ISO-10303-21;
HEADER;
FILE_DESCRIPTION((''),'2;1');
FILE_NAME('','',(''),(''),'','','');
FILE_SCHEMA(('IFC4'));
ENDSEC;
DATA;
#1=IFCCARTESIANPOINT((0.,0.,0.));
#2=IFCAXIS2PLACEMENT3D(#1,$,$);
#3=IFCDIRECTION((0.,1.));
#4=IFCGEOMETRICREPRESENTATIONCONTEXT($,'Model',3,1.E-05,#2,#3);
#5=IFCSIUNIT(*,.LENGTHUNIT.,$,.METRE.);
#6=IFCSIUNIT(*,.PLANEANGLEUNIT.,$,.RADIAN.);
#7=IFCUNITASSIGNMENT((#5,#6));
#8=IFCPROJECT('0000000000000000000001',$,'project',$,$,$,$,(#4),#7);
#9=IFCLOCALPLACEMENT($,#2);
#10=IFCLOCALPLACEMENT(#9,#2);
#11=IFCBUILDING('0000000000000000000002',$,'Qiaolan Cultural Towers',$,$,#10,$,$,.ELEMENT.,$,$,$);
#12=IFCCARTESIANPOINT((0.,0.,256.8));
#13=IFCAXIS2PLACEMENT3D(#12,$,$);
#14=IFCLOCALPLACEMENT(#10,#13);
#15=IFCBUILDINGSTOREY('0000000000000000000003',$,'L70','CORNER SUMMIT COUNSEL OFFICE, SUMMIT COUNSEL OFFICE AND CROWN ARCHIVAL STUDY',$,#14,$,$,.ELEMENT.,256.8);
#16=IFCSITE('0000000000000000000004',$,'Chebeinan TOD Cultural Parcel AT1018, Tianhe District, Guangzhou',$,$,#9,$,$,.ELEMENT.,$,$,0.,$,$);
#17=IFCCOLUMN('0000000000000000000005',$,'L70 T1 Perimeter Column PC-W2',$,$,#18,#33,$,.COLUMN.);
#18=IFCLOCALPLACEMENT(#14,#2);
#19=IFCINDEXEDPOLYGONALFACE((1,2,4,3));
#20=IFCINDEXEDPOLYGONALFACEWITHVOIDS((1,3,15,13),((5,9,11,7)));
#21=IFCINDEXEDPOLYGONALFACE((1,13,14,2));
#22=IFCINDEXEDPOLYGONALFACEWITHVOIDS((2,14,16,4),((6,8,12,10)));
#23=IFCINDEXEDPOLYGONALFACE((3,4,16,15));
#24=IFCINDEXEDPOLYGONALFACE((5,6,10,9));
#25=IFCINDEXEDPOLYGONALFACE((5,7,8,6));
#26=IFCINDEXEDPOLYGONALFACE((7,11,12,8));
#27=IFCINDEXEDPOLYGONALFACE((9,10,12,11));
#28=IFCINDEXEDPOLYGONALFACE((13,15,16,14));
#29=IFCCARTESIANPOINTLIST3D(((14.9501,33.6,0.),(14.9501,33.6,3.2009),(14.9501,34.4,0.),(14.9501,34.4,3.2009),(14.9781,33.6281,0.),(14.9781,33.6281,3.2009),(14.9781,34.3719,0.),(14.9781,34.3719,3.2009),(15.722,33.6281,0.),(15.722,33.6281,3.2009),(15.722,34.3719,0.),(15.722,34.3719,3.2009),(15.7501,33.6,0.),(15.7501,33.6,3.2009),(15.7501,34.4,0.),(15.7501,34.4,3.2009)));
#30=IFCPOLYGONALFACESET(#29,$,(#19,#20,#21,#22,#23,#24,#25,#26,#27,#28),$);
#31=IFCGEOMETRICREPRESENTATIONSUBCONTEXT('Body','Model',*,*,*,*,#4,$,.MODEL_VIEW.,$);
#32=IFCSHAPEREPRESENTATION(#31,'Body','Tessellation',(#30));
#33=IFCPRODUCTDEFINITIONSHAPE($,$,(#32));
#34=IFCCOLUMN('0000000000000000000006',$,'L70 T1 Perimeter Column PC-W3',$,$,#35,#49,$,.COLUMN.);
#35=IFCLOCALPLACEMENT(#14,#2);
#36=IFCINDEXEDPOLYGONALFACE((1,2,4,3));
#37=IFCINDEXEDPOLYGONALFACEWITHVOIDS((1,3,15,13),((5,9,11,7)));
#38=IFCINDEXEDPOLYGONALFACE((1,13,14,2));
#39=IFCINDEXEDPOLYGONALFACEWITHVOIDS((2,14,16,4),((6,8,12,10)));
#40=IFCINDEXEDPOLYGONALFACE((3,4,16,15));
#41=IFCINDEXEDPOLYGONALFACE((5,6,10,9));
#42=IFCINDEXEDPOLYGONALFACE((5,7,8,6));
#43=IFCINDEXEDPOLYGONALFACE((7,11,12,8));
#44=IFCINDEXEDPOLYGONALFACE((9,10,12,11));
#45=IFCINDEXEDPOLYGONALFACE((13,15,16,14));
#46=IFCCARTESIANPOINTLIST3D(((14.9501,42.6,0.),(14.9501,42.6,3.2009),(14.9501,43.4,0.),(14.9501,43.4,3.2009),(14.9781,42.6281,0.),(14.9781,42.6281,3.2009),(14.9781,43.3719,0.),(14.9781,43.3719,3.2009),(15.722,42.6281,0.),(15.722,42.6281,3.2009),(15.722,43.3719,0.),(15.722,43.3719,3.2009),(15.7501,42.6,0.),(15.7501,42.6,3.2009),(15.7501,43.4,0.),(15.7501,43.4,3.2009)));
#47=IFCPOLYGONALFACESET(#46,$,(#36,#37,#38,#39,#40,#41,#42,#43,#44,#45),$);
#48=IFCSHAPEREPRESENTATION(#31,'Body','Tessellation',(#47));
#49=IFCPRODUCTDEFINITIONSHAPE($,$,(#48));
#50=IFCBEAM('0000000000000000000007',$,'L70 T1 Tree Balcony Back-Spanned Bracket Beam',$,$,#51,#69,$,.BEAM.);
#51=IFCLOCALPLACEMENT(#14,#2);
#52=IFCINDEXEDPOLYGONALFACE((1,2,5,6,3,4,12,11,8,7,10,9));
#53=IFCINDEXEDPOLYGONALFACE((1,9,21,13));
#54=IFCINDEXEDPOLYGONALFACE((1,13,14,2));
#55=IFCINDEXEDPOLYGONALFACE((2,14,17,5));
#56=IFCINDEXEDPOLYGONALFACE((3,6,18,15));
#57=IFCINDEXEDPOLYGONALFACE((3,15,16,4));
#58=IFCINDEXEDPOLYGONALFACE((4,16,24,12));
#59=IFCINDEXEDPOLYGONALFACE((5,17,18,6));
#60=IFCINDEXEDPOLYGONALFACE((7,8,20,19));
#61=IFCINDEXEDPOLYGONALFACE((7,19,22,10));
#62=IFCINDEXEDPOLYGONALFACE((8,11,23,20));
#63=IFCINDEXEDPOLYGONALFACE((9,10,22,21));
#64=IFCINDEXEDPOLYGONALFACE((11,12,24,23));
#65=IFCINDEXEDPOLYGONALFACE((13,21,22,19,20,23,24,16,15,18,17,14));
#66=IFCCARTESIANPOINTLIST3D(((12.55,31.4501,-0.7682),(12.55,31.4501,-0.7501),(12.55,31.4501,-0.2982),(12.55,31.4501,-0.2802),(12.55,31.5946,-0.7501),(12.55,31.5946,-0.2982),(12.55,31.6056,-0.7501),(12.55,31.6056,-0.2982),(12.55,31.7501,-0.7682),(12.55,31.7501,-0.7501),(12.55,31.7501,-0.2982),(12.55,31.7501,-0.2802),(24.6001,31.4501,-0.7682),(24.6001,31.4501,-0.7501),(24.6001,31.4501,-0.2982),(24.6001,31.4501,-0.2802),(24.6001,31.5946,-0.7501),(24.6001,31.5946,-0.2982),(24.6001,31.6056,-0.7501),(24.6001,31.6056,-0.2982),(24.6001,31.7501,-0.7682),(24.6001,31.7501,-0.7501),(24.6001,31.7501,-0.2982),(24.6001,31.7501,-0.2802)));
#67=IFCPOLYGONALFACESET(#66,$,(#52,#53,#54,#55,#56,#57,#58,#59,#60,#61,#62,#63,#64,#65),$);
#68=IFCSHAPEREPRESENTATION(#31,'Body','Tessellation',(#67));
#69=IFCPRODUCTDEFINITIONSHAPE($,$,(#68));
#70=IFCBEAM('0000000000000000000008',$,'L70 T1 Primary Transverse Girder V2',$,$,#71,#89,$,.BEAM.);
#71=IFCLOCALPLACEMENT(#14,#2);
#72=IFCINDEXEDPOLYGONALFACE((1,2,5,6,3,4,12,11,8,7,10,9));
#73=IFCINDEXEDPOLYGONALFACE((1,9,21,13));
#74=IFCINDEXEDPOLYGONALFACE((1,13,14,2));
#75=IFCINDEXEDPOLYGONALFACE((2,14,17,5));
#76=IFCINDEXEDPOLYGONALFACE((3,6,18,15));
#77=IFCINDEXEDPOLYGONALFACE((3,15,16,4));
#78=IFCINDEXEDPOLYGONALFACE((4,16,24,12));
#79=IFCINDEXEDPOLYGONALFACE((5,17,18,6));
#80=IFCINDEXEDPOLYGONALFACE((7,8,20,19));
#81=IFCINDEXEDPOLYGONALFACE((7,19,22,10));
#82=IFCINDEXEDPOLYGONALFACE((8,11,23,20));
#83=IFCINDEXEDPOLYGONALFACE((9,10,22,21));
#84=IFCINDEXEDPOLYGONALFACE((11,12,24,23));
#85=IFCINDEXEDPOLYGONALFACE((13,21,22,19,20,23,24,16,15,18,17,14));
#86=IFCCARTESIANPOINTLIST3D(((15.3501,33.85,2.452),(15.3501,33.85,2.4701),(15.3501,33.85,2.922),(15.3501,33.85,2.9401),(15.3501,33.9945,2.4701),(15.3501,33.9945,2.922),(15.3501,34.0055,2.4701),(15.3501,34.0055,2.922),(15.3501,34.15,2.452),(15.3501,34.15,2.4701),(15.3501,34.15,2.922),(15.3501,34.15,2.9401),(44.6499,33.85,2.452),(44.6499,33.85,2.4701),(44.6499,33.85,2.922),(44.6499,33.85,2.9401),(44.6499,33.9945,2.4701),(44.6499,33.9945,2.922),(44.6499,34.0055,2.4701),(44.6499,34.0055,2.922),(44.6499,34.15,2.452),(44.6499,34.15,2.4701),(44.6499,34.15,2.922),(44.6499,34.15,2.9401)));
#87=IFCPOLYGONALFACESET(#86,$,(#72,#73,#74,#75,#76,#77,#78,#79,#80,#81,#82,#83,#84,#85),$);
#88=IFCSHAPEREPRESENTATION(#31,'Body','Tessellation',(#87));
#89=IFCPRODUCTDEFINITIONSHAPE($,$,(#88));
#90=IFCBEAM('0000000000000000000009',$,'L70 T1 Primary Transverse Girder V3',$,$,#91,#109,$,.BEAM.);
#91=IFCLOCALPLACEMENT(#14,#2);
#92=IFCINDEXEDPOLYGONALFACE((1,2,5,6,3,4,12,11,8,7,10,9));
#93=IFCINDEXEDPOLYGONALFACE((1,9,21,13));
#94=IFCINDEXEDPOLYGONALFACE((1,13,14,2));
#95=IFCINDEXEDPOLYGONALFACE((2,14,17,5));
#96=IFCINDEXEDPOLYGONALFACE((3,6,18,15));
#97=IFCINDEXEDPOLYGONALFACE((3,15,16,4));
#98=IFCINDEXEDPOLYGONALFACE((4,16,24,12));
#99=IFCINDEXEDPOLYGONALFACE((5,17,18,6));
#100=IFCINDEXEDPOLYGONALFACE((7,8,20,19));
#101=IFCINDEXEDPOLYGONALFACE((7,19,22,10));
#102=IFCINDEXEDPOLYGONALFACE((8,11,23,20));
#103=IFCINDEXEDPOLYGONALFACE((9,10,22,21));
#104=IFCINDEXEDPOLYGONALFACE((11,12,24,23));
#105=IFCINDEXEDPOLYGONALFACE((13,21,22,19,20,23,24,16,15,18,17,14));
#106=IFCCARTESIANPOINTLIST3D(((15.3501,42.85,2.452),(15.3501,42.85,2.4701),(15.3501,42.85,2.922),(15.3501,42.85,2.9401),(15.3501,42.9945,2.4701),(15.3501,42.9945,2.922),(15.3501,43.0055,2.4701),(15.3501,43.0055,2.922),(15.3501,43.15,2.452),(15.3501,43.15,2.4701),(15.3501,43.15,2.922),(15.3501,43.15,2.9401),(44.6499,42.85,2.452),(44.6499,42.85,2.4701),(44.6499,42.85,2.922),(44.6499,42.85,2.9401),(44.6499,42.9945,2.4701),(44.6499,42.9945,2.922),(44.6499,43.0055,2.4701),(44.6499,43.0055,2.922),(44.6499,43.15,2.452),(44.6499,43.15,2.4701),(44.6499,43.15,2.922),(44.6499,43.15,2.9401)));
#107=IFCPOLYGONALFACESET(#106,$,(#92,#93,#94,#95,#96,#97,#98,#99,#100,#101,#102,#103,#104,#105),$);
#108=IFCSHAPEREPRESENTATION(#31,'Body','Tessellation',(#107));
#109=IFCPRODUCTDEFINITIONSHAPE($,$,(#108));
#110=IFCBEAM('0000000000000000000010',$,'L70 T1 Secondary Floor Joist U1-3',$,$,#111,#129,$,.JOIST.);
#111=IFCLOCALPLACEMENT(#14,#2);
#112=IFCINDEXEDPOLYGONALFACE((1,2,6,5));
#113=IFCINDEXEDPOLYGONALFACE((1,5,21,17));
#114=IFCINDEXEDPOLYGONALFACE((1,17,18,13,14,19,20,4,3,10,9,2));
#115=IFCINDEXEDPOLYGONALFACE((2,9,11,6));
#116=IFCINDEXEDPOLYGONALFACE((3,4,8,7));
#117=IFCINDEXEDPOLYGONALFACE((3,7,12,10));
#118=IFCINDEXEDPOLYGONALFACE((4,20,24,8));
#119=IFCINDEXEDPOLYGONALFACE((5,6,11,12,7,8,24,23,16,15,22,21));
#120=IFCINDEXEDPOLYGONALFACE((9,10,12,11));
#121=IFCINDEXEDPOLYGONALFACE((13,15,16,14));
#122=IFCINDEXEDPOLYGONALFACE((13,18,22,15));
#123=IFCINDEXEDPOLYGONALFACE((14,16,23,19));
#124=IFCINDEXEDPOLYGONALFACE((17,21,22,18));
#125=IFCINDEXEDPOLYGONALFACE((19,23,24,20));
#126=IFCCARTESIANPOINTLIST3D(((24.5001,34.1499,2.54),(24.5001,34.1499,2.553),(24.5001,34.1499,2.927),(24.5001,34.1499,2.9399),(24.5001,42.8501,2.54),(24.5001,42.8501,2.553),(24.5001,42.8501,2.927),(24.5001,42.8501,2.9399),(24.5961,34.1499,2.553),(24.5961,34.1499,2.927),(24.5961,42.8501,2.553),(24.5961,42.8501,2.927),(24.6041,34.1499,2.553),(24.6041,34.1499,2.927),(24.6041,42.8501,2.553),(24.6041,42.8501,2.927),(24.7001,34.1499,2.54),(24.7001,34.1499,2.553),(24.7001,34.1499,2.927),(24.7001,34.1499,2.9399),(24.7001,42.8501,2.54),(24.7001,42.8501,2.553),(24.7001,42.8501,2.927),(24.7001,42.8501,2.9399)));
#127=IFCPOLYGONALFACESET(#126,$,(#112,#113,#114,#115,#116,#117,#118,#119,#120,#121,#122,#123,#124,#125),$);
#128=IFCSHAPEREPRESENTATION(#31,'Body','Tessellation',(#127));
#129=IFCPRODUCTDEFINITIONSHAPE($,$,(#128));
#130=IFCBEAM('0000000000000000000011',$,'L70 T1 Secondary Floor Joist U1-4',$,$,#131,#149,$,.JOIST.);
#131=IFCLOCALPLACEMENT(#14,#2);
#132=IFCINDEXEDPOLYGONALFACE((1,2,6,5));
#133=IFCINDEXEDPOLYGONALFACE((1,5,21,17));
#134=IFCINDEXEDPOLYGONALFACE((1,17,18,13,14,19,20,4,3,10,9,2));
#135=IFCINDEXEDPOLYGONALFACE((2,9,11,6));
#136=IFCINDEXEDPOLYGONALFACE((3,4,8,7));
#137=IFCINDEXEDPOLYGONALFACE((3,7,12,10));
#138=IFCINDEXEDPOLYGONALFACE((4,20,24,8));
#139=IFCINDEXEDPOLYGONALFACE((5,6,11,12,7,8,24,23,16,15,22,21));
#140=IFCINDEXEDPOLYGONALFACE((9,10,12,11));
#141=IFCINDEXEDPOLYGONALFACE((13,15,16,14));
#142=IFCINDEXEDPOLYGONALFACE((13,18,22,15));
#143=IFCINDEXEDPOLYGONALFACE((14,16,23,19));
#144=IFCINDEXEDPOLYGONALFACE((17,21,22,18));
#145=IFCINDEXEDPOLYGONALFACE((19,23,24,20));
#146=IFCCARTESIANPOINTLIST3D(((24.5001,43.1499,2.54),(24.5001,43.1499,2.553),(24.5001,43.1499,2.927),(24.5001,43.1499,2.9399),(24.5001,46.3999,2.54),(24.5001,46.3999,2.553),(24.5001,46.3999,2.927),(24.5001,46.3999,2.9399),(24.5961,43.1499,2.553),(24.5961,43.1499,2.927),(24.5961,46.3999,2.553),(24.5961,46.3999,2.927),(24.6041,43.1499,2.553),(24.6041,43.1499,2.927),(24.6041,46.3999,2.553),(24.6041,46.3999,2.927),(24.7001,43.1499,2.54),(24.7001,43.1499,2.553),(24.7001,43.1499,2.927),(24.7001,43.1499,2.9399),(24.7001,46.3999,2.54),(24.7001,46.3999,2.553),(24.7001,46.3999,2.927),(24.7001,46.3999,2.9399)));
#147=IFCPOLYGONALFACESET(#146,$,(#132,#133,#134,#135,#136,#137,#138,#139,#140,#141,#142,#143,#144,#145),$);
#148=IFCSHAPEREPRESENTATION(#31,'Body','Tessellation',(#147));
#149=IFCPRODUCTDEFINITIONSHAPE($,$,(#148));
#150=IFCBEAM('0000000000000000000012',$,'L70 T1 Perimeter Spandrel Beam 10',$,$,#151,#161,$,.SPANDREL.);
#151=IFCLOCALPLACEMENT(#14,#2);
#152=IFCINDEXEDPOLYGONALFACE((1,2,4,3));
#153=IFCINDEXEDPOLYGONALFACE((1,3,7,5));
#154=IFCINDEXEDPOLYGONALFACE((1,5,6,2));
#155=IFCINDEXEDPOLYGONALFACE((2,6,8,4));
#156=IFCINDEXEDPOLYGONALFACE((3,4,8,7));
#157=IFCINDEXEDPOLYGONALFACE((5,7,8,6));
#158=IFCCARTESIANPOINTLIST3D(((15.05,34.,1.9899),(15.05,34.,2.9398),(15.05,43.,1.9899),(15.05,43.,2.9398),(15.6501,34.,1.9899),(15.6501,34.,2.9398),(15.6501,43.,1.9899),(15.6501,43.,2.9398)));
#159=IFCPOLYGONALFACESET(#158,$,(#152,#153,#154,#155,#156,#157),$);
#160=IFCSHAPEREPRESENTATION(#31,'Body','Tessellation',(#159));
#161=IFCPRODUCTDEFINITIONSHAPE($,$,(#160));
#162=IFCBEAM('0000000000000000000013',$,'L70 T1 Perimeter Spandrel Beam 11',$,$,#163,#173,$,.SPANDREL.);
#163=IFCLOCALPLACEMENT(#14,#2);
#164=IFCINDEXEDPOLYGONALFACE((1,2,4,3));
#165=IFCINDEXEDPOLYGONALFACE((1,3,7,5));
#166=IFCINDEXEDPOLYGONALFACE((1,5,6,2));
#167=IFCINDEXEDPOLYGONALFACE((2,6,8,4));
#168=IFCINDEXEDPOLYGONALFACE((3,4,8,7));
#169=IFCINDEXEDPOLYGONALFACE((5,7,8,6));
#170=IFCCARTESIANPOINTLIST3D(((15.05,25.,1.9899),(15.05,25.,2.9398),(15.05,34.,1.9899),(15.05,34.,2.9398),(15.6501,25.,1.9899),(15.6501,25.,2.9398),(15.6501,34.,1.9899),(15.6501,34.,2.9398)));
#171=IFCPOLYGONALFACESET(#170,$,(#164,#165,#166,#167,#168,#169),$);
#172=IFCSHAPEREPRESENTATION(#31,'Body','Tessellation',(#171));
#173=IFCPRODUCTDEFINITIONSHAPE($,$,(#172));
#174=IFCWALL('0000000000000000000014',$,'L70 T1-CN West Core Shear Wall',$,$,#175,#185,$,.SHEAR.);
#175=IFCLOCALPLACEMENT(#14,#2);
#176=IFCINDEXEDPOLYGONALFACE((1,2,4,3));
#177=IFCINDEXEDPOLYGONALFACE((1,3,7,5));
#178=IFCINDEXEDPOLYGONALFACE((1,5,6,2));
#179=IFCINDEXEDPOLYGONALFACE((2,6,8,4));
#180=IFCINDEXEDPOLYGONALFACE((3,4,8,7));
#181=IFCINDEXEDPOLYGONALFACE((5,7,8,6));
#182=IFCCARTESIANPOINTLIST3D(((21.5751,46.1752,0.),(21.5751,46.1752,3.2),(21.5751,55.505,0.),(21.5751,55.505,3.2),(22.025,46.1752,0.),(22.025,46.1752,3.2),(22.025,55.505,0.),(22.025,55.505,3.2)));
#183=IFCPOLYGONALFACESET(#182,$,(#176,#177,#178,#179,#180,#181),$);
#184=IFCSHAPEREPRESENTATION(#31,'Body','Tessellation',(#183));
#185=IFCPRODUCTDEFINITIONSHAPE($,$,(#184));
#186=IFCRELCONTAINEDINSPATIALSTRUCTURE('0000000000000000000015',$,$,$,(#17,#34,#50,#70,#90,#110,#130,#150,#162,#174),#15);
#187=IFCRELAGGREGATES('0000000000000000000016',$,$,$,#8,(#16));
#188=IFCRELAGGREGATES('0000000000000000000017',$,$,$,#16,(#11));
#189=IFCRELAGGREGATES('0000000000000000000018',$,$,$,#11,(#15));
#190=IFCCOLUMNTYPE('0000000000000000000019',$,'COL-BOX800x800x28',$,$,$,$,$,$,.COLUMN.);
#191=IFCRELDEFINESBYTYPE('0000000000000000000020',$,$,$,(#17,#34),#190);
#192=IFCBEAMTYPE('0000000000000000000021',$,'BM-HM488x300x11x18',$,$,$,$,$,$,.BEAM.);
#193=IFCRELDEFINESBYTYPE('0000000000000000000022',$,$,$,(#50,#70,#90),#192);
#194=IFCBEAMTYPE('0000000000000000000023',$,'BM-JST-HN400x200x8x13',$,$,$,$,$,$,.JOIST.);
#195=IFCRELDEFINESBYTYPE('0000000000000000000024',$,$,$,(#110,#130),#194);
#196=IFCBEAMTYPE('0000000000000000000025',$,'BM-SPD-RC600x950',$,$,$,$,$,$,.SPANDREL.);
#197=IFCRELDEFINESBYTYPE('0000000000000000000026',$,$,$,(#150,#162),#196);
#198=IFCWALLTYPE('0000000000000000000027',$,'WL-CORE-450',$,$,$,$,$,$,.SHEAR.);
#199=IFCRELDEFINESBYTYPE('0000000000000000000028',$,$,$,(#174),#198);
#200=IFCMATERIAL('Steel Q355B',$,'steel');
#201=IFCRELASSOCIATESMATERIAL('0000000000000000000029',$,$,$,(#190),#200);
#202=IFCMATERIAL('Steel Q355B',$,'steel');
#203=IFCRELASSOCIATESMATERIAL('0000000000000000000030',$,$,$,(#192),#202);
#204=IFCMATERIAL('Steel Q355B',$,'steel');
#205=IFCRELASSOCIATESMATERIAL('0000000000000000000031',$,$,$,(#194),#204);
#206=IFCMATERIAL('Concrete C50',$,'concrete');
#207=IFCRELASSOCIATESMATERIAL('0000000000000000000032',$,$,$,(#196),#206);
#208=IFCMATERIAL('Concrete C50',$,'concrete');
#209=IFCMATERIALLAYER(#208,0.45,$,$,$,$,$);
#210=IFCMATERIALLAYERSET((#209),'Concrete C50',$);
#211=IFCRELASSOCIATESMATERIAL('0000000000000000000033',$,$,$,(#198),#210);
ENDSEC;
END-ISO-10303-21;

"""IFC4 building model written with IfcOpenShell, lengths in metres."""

from ifc_helpers import new_model, si_unit, direction, frame, frame_2d, origin, origin_2d, place, context, subcontext, project, spatial, rectangle, hollow_rectangle, i_section, extrude, material, layer, layer_set, material_profile, profile_set, type_object, element, save


model = new_model("IFC4")

# Units and contexts
model_context = context("Model", 3, precision=1e-05, world=origin(), true_north=direction((0.0, 1.0)))
body_context = subcontext(model_context, "Body", "Model", "MODEL_VIEW")
ifc_project = project(units=[si_unit("LENGTHUNIT", "METRE"), si_unit("PLANEANGLEUNIT", "RADIAN")], contexts=[model_context])

# Site, building, storey
site_placement = place(None, origin())
site = spatial("IfcSite", under=ifc_project, at=site_placement, Name="Chebeinan TOD Cultural Parcel AT1018, Tianhe District, Guangzhou", CompositionType="ELEMENT", RefElevation=0.0)
building_placement = place(site_placement, origin())
building = spatial("IfcBuilding", under=site, at=building_placement, Name="Qiaolan Cultural Towers", CompositionType="ELEMENT")
storey_placement = place(building_placement, frame((0.0, 0.0, 256.8)))
storey = spatial("IfcBuildingStorey", under=building, at=storey_placement, Name="L70", Description="CORNER SUMMIT COUNSEL OFFICE, SUMMIT COUNSEL OFFICE AND CROWN ARCHIVAL STUDY", CompositionType="ELEMENT", Elevation=256.8)

# Columns
ifc_material_1 = material(Name="Steel Q355B", Category="steel")
ifc_material_profile_1 = material_profile(ifc_material_1, hollow_rectangle(XDim=0.8, YDim=0.8, WallThickness=0.0281, at=origin_2d()), Name="BOX800x800x28")
ifc_profile_set_1 = profile_set([ifc_material_profile_1], Name="Steel Q355B")
column_type = type_object("IfcColumnType", Name="COL-BOX800x800x28", PredefinedType="COLUMN", material=ifc_profile_set_1)
for number, where, z_axis, x_axis, name in (
    (1, (15.3501, 34.0, 0.0), (0.0, 0.0, 1.0), (1.0, 0.0, 0.0), "L70 T1 Perimeter Column PC-W2"),
    (2, (15.3501, 43.0, 0.0), (0.0, 0.0, 1.0), (1.0, 0.0, 0.0), "L70 T1 Perimeter Column PC-W3"),
):
    element("IfcColumn", number, at=place(storey_placement, frame(where, z_axis=z_axis, x_axis=x_axis)), inside=storey, type_object=column_type, Name=name, PredefinedType="COLUMN", context=body_context, shape_type="SweptSolid", body=[
        extrude(hollow_rectangle(XDim=0.8, YDim=0.8, WallThickness=0.0281, at=origin_2d()), origin(), (0.0, 0.0, 1.0), 3.2009),
    ])

# Beams
ifc_material_2 = material(Name="Steel Q355B", Category="steel")
ifc_material_profile_2 = material_profile(ifc_material_2, i_section(OverallWidth=0.3, OverallDepth=0.488, WebThickness=0.011, FlangeThickness=0.0181, at=origin_2d()), Name="HM488x300x11x18")
ifc_profile_set_2 = profile_set([ifc_material_profile_2], Name="Steel Q355B")
beam_type_1 = type_object("IfcBeamType", Name="BM-HM488x300x11x18", PredefinedType="BEAM", material=ifc_profile_set_2)
beam_1_placement = place(storey_placement, frame((24.6001, 31.6001, -0.5242), z_axis=(-1.0, 0.0, 0.0), x_axis=(0.0, -1.0, 0.0)))
element("IfcBeam", 3, at=beam_1_placement, inside=storey, type_object=beam_type_1, Name="L70 T1 Tree Balcony Back-Spanned Bracket Beam", PredefinedType="BEAM", context=body_context, shape_type="SweptSolid", body=[
    extrude(i_section(OverallWidth=0.3, OverallDepth=0.488, WebThickness=0.011, FlangeThickness=0.0181, at=origin_2d()), origin(), (0.0, 0.0, 1.0), 12.05),
])
for number, where, z_axis, x_axis, name in (
    (4, (15.3501, 34.0, 2.696), (1.0, 0.0, 0.0), (0.0, 1.0, 0.0), "L70 T1 Primary Transverse Girder V2"),
    (5, (15.3501, 43.0, 2.696), (1.0, 0.0, 0.0), (0.0, 1.0, 0.0), "L70 T1 Primary Transverse Girder V3"),
):
    element("IfcBeam", number, at=place(storey_placement, frame(where, z_axis=z_axis, x_axis=x_axis)), inside=storey, type_object=beam_type_1, Name=name, PredefinedType="BEAM", context=body_context, shape_type="SweptSolid", body=[
        extrude(i_section(OverallWidth=0.3, OverallDepth=0.488, WebThickness=0.011, FlangeThickness=0.0181, at=origin_2d()), origin(), (0.0, 0.0, 1.0), 29.2998),
    ])
ifc_material_3 = material(Name="Steel Q355B", Category="steel")
ifc_material_profile_3 = material_profile(ifc_material_3, i_section(OverallWidth=0.2, OverallDepth=0.3999, WebThickness=0.0081, FlangeThickness=0.0129, at=origin_2d()), Name="HN400x200x8x13")
ifc_profile_set_3 = profile_set([ifc_material_profile_3], Name="Steel Q355B")
beam_type_2 = type_object("IfcBeamType", Name="BM-JST-HN400x200x8x13", PredefinedType="JOIST", material=ifc_profile_set_3)
beam_2_placement = place(storey_placement, frame((24.6001, 34.1499, 2.74), z_axis=(0.0, 1.0, 0.0), x_axis=(-1.0, 0.0, 0.0)))
element("IfcBeam", 6, at=beam_2_placement, inside=storey, type_object=beam_type_2, Name="L70 T1 Secondary Floor Joist U1-3", PredefinedType="JOIST", context=body_context, shape_type="SweptSolid", body=[
    extrude(i_section(OverallWidth=0.2, OverallDepth=0.3999, WebThickness=0.0081, FlangeThickness=0.0129, at=origin_2d()), origin(), (0.0, 0.0, 1.0), 8.7002),
])
beam_3_placement = place(storey_placement, frame((24.6001, 43.1499, 2.74), z_axis=(0.0, 1.0, 0.0), x_axis=(-1.0, 0.0, 0.0)))
element("IfcBeam", 7, at=beam_3_placement, inside=storey, type_object=beam_type_2, Name="L70 T1 Secondary Floor Joist U1-4", PredefinedType="JOIST", context=body_context, shape_type="SweptSolid", body=[
    extrude(i_section(OverallWidth=0.2, OverallDepth=0.3999, WebThickness=0.0081, FlangeThickness=0.0129, at=origin_2d()), origin(), (0.0, 0.0, 1.0), 3.25),
])
ifc_material_4 = material(Name="Concrete C50", Category="concrete")
ifc_material_profile_4 = material_profile(ifc_material_4, rectangle(XDim=0.6001, YDim=0.95, at=origin_2d()), Name="RC600x950")
ifc_profile_set_4 = profile_set([ifc_material_profile_4], Name="Concrete C50")
beam_type_3 = type_object("IfcBeamType", Name="BM-SPD-RC600x950", PredefinedType="SPANDREL", material=ifc_profile_set_4)
for number, where, z_axis, x_axis, name in (
    (8, (15.3501, 43.0, 2.4648), (0.0, -1.0, 0.0), (1.0, 0.0, 0.0), "L70 T1 Perimeter Spandrel Beam 10"),
    (9, (15.3501, 34.0, 2.4648), (0.0, -1.0, 0.0), (1.0, 0.0, 0.0), "L70 T1 Perimeter Spandrel Beam 11"),
):
    element("IfcBeam", number, at=place(storey_placement, frame(where, z_axis=z_axis, x_axis=x_axis)), inside=storey, type_object=beam_type_3, Name=name, PredefinedType="SPANDREL", context=body_context, shape_type="SweptSolid", body=[
        extrude(rectangle(XDim=0.6001, YDim=0.95, at=origin_2d()), origin(), (0.0, 0.0, 1.0), 9.0),
    ])

# Wall
ifc_material_5 = material(Name="Concrete C50", Category="concrete")
ifc_layer_1 = layer(ifc_material_5, 0.45)
ifc_layer_set_1 = layer_set([ifc_layer_1], Name="Concrete C50")
wall_type_1 = type_object("IfcWallType", Name="WL-CORE-450", PredefinedType="SHEAR", material=ifc_layer_set_1)
wall_1_placement = place(storey_placement, frame((21.8, 46.175, 0.0), z_axis=(0.0, 0.0, 1.0), x_axis=(0.0, 1.0, 0.0)))
element("IfcWall", 10, at=wall_1_placement, inside=storey, type_object=wall_type_1, Name="L70 T1-CN West Core Shear Wall", PredefinedType="SHEAR", context=body_context, shape_type="SweptSolid", body=[
    extrude(rectangle(XDim=9.3298, YDim=0.45, at=frame_2d((4.665, 0.0))), origin(), (0.0, 0.0, 1.0), 3.2),
])

save(model, "model.ifc")
